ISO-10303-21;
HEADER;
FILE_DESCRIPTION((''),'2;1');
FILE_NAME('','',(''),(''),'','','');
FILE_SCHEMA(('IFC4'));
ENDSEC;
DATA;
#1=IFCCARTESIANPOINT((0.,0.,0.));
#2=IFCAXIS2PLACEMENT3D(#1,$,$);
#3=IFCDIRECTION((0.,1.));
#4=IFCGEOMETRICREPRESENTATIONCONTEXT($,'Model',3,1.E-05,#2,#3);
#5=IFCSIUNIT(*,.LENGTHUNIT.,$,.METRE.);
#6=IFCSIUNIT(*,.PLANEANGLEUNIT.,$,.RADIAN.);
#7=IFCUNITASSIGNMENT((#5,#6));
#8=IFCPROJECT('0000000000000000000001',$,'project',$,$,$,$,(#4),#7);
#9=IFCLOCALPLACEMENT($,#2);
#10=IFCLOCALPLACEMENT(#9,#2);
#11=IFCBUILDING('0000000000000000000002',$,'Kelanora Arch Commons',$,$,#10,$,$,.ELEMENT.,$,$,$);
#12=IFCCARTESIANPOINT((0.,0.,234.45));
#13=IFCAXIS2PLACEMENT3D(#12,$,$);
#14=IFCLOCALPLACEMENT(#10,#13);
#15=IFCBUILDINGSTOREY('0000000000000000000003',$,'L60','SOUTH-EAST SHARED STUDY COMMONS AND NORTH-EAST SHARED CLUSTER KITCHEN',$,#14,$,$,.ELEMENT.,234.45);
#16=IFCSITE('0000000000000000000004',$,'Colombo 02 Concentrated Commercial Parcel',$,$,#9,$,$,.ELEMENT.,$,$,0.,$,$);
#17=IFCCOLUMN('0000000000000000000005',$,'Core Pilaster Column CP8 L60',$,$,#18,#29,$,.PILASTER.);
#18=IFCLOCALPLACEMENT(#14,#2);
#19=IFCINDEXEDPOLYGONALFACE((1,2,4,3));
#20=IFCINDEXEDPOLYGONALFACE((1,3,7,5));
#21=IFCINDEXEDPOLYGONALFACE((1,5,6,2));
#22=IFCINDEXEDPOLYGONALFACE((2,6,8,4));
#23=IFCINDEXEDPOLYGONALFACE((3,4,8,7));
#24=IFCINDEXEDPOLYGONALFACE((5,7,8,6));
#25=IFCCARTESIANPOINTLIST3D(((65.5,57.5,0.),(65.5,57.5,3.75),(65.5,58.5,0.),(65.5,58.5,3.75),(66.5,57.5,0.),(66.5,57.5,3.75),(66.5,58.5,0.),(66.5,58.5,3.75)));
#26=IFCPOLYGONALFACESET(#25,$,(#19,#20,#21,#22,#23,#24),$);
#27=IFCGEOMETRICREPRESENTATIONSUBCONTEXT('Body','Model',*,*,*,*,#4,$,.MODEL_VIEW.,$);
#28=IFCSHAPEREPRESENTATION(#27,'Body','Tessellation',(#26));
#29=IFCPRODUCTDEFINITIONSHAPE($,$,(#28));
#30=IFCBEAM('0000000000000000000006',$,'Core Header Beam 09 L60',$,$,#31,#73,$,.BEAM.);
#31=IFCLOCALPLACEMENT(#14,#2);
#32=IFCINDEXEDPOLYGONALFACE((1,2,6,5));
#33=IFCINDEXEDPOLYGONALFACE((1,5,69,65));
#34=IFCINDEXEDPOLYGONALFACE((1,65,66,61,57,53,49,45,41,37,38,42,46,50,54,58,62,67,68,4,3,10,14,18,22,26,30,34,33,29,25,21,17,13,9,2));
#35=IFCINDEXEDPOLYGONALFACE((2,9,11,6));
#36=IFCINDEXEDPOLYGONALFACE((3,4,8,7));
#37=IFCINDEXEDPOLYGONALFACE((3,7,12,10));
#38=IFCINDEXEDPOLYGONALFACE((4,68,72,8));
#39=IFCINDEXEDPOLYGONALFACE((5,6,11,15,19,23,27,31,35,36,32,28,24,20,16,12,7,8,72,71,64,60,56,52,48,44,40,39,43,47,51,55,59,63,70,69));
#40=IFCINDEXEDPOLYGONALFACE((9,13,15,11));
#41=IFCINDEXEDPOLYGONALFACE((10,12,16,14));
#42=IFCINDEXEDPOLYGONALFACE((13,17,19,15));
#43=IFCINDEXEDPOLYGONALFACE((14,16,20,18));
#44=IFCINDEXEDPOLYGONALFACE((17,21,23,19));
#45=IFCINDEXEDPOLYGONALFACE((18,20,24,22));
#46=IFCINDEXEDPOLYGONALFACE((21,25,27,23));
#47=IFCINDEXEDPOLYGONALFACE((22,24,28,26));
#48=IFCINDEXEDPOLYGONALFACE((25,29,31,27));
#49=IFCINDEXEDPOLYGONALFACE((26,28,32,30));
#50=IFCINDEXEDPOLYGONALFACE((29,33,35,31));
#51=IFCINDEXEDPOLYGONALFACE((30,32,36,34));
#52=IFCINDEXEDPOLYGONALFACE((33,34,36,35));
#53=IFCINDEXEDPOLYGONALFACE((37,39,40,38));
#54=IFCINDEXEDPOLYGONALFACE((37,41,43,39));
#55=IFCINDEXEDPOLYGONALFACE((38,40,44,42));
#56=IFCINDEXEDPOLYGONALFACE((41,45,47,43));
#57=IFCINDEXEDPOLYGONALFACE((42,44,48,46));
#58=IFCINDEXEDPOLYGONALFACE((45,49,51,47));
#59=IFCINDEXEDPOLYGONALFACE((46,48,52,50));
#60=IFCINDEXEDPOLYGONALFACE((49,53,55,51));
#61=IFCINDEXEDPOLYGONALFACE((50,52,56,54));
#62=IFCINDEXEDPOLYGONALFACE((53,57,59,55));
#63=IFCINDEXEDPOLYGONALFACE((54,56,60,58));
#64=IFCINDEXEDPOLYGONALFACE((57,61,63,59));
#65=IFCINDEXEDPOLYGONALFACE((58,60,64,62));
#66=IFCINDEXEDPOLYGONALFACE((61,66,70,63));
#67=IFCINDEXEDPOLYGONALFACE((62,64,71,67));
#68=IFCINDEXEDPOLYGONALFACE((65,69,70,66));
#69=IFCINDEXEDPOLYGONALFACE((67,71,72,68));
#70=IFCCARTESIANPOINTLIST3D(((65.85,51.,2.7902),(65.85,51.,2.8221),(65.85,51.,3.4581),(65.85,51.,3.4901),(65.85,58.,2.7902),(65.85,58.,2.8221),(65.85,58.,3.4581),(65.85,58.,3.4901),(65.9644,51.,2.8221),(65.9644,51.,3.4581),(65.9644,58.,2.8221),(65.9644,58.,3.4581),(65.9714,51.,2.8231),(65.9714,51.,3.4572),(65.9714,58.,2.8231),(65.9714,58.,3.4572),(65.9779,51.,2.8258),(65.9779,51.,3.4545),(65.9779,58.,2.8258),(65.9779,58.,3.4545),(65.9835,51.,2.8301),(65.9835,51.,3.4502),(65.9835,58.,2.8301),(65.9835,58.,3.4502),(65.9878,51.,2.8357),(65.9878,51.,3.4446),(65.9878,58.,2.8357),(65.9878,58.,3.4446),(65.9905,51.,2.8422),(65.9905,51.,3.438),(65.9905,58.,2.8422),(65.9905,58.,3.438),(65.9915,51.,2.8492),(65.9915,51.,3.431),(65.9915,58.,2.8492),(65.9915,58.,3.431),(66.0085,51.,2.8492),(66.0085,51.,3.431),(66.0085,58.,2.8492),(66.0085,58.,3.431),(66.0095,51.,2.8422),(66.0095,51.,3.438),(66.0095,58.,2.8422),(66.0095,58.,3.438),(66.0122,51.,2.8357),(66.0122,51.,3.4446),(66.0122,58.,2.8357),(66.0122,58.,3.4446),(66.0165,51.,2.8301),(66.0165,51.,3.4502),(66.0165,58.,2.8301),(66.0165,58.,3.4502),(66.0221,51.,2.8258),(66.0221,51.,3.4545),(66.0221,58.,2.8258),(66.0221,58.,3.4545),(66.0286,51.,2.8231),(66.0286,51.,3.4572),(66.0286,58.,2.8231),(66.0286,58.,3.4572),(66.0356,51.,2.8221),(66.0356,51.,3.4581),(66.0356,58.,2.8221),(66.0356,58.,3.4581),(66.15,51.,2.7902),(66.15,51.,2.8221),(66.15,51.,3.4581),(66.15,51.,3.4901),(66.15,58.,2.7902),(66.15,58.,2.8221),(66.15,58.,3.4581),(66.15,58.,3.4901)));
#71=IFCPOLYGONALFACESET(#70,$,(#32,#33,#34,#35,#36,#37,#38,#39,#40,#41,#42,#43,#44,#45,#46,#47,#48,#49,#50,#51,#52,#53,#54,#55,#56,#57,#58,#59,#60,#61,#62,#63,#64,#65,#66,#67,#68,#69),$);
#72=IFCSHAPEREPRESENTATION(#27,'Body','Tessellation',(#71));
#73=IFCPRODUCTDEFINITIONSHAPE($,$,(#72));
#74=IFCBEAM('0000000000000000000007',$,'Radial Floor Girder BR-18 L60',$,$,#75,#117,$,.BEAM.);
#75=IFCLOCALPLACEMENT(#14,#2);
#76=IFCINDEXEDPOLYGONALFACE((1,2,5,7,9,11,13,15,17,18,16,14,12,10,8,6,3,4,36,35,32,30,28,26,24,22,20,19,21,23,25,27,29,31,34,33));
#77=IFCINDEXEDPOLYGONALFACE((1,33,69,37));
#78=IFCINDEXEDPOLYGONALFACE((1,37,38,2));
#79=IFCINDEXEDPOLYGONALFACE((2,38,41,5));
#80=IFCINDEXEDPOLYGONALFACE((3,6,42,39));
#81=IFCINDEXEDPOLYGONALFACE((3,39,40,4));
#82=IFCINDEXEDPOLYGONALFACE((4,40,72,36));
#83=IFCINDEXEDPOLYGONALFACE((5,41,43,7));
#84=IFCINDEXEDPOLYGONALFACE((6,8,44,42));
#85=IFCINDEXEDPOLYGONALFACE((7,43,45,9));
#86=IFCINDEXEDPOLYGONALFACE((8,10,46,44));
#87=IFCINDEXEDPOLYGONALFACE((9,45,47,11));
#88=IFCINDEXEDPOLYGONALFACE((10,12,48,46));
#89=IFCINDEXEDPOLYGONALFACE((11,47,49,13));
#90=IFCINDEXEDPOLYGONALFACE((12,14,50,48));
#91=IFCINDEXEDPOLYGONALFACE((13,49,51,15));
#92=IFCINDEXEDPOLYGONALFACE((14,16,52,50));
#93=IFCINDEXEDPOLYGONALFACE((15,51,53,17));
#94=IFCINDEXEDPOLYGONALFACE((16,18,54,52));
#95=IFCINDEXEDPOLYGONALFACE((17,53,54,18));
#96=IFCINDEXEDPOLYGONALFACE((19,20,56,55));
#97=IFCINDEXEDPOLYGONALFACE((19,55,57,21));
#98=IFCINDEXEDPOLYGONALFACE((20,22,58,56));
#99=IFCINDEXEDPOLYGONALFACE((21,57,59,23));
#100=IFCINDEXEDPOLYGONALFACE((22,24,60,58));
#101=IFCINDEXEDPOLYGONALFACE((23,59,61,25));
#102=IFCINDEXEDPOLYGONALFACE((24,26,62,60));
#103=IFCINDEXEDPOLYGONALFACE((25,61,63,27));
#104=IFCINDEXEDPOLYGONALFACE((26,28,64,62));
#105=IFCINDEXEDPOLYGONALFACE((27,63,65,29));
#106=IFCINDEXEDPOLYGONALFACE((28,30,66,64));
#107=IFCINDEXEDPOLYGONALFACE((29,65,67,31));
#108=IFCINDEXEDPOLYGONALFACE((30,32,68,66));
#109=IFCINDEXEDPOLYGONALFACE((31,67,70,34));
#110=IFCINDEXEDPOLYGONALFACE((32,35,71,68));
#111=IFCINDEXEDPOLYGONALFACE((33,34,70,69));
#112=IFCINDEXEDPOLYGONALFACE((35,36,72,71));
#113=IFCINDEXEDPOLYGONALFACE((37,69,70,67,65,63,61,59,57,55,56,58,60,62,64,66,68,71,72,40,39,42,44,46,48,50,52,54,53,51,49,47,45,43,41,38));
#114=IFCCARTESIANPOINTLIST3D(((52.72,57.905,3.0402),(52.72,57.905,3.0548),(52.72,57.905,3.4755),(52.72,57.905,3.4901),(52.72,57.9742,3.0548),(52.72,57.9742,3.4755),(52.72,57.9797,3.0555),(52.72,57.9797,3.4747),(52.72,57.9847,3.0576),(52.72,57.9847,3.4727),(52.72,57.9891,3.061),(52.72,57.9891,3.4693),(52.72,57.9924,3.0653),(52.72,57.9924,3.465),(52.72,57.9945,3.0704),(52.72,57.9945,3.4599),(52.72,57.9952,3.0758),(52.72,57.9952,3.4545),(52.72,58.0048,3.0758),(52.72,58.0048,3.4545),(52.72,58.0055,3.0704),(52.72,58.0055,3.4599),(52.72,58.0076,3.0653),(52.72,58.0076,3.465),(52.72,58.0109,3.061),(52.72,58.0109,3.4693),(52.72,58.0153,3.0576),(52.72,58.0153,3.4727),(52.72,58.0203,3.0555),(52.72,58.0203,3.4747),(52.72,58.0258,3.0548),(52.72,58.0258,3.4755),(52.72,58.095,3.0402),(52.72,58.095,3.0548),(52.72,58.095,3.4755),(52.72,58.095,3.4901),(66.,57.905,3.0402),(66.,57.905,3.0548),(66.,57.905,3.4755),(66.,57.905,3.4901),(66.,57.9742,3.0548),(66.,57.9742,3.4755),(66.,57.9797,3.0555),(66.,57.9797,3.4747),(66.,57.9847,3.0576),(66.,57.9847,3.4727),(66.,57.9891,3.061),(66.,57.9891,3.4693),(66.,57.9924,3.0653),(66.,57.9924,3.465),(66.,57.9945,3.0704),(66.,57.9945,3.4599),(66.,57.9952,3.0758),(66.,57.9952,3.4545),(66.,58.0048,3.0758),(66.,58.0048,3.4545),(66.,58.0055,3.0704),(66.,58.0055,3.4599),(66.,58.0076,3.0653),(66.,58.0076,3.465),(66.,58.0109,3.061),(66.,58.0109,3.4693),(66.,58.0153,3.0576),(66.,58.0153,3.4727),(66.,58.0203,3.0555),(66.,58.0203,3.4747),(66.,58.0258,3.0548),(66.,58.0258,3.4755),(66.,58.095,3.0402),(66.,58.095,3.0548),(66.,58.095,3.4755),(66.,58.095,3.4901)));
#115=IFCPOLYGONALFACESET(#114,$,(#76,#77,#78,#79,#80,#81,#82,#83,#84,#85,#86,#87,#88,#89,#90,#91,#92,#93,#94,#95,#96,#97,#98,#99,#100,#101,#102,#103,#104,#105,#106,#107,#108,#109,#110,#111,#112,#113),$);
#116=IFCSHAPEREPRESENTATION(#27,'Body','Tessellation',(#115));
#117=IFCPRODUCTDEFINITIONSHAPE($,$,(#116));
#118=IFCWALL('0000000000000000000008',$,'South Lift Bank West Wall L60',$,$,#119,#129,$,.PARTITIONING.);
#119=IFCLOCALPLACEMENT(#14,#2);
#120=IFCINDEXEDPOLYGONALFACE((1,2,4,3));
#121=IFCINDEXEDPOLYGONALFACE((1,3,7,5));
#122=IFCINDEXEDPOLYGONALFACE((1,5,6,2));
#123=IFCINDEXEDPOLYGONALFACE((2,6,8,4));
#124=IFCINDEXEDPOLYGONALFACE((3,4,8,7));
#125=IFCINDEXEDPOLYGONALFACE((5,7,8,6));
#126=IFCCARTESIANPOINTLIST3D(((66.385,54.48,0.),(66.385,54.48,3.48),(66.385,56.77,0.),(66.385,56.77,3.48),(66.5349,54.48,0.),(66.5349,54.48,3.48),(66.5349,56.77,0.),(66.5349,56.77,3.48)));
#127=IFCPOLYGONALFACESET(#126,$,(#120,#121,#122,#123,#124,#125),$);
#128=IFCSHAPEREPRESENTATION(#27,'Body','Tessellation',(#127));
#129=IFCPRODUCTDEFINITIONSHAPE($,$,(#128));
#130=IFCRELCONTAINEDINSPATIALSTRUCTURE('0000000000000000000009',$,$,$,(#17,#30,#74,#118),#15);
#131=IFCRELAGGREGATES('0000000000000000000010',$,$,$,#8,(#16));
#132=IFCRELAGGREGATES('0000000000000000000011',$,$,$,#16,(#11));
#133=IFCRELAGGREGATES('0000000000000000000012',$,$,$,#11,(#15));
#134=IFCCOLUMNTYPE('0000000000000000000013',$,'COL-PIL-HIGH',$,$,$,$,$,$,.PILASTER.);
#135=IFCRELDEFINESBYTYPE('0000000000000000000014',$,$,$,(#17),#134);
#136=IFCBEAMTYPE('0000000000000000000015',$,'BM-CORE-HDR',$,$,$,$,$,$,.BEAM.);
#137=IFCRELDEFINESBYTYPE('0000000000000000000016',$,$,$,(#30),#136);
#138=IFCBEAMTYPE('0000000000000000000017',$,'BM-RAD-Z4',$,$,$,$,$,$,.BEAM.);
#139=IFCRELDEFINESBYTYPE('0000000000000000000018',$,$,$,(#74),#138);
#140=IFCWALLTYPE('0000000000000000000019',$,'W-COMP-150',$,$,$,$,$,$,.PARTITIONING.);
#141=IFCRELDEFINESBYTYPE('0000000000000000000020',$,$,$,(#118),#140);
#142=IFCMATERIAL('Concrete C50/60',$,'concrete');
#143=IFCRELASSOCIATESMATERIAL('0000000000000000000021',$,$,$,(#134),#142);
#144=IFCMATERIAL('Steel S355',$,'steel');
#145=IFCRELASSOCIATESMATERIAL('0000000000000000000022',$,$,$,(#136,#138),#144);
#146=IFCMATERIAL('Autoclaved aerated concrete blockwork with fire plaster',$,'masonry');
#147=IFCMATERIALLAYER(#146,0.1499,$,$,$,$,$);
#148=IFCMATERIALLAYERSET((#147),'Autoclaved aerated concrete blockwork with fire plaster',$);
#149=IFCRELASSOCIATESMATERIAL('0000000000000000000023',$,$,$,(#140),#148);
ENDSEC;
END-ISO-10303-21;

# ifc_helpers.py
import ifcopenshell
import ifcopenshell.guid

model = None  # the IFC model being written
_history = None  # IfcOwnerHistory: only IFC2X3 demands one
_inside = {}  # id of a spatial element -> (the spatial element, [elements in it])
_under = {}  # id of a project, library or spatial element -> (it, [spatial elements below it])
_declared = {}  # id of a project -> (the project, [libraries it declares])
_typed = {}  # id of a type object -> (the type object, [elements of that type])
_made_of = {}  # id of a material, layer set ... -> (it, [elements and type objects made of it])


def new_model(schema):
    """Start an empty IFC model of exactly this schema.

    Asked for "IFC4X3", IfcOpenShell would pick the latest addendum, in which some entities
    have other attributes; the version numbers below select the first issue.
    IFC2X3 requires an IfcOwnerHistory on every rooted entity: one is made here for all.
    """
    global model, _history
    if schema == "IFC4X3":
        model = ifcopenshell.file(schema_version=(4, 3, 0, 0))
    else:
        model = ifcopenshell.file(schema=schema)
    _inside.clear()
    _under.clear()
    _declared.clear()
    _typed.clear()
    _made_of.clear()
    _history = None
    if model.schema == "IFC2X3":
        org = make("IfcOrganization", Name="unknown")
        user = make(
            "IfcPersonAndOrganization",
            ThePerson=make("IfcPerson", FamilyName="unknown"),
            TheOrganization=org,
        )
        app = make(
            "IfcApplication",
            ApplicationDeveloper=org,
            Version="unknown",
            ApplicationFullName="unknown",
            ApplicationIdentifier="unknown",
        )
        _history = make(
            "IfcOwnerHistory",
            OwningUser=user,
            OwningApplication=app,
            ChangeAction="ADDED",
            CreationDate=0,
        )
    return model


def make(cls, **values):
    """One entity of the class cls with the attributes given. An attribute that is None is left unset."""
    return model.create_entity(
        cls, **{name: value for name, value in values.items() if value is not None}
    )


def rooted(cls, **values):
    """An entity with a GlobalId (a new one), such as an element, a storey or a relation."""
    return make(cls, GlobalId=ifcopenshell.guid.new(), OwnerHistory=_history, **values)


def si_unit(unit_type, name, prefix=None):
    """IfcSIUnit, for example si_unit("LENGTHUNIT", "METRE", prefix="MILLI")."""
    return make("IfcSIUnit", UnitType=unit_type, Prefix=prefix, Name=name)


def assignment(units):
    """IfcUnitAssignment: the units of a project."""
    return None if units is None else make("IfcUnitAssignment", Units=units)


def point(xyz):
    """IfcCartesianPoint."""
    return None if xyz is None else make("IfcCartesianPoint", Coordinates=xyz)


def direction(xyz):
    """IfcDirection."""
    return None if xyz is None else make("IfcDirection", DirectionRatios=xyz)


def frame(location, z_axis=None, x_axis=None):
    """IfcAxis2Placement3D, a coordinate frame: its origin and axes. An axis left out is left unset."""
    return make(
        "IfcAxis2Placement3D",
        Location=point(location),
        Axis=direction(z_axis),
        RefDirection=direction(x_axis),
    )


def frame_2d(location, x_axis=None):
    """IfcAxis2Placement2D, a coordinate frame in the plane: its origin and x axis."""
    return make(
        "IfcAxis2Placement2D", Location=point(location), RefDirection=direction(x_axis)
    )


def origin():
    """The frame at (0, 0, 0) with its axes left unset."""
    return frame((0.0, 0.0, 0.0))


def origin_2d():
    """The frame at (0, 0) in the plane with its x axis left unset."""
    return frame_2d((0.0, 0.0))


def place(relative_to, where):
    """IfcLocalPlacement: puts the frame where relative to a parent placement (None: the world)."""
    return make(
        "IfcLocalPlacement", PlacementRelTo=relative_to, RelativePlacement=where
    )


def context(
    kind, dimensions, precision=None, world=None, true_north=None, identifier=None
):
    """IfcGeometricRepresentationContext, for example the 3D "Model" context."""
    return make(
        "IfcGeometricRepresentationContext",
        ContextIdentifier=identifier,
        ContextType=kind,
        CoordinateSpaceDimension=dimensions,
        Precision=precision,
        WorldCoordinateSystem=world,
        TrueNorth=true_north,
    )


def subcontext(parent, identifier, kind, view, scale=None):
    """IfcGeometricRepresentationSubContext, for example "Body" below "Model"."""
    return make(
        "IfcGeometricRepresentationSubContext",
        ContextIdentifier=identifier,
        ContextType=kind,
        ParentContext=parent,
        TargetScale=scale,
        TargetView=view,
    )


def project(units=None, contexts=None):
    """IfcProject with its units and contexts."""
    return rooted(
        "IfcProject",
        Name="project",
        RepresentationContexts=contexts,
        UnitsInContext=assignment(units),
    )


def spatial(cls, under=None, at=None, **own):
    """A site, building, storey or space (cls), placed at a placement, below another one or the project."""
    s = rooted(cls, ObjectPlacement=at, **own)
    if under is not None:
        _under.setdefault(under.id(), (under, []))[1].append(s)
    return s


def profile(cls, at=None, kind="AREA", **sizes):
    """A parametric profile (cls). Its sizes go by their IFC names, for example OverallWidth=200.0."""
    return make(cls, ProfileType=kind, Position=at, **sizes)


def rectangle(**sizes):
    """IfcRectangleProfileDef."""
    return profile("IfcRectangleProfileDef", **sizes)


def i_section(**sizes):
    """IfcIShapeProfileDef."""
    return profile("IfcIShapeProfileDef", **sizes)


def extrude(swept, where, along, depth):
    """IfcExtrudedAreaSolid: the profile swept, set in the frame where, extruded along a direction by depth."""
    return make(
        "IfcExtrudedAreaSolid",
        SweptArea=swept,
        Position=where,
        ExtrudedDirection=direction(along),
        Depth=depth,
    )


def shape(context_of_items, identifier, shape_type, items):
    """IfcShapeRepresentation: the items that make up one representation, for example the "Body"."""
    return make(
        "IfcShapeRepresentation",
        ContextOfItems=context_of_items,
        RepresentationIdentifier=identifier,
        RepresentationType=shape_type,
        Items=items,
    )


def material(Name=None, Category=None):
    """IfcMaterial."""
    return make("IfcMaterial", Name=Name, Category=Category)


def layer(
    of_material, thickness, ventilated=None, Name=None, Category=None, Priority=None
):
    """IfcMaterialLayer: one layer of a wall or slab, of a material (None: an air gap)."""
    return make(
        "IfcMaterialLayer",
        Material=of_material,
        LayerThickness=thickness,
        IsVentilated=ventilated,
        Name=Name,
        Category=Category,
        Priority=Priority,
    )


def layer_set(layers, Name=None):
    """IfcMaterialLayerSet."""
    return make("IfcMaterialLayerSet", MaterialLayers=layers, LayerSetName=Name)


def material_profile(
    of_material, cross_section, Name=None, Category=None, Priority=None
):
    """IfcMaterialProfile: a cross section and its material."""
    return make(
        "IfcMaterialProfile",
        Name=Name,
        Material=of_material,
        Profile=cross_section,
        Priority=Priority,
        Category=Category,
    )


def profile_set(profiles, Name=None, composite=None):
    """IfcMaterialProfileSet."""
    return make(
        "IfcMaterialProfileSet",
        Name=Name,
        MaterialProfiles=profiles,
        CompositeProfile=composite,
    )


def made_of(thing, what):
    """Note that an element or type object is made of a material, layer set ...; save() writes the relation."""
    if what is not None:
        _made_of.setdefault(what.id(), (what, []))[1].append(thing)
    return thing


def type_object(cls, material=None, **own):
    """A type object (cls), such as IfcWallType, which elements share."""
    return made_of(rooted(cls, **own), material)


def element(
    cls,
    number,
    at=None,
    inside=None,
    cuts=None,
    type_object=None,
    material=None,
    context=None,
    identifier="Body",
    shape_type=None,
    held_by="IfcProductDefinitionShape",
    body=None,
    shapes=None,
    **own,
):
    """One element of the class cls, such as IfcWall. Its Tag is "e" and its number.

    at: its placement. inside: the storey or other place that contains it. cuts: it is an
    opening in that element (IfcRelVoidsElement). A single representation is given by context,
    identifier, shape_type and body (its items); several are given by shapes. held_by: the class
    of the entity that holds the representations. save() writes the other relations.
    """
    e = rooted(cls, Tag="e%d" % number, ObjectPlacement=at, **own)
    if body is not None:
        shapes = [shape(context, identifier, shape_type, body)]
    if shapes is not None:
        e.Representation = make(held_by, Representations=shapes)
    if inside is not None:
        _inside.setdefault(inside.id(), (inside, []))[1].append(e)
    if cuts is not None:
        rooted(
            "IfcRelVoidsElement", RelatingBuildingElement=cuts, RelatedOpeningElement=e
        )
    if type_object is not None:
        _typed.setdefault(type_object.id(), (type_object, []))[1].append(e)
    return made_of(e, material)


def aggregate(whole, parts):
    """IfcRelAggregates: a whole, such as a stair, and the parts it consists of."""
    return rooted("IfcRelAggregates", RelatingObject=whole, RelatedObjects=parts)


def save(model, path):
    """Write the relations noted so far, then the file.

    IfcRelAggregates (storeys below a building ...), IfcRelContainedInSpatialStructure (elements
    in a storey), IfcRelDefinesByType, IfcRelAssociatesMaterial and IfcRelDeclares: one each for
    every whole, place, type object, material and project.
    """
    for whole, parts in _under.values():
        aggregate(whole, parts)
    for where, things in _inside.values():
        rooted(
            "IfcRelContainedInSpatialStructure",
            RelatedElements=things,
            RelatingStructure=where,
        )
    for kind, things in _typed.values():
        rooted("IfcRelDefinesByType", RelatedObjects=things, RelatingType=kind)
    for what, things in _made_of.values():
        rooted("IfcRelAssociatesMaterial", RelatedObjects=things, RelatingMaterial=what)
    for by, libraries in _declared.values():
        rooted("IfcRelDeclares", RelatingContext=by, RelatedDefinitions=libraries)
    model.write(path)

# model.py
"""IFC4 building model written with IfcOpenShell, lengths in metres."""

from ifc_helpers import new_model, si_unit, direction, frame, frame_2d, origin, origin_2d, place, context, subcontext, project, spatial, rectangle, i_section, extrude, material, layer, layer_set, material_profile, profile_set, type_object, element, save


model = new_model("IFC4")

# Units and contexts
model_context = context("Model", 3, precision=1e-05, world=origin(), true_north=direction((0.0, 1.0)))
body_context = subcontext(model_context, "Body", "Model", "MODEL_VIEW")
ifc_project = project(units=[si_unit("LENGTHUNIT", "METRE"), si_unit("PLANEANGLEUNIT", "RADIAN")], contexts=[model_context])

# Site, building, storey
site_placement = place(None, origin())
site = spatial("IfcSite", under=ifc_project, at=site_placement, Name="Colombo 02 Concentrated Commercial Parcel", CompositionType="ELEMENT", RefElevation=0.0)
building_placement = place(site_placement, origin())
building = spatial("IfcBuilding", under=site, at=building_placement, Name="Kelanora Arch Commons", CompositionType="ELEMENT")
storey_placement = place(building_placement, frame((0.0, 0.0, 234.45)))
storey = spatial("IfcBuildingStorey", under=building, at=storey_placement, Name="L60", Description="SOUTH-EAST SHARED STUDY COMMONS AND NORTH-EAST SHARED CLUSTER KITCHEN", CompositionType="ELEMENT", Elevation=234.45)

# Column
ifc_material_1 = material(Name="Concrete C50/60", Category="concrete")
ifc_material_profile_1 = material_profile(ifc_material_1, rectangle(XDim=1.0, YDim=1.0, at=origin_2d()), Name="RC1000x1000")
ifc_profile_set_1 = profile_set([ifc_material_profile_1], Name="Concrete C50/60")
column_type = type_object("IfcColumnType", Name="COL-PIL-HIGH", PredefinedType="PILASTER", material=ifc_profile_set_1)
column_placement = place(storey_placement, frame((66.0, 58.0, 0.0), z_axis=(0.0, 0.0, 1.0), x_axis=(1.0, 0.0, 0.0)))
element("IfcColumn", 1, at=column_placement, inside=storey, type_object=column_type, Name="Core Pilaster Column CP8 L60", PredefinedType="PILASTER", context=body_context, shape_type="SweptSolid", body=[
    extrude(rectangle(XDim=1.0, YDim=1.0, at=origin_2d()), origin(), (0.0, 0.0, 1.0), 3.75),
])

# Beams
ifc_material_2 = material(Name="Steel S355", Category="steel")
ifc_material_profile_2 = material_profile(ifc_material_2, i_section(OverallWidth=0.3, OverallDepth=0.7, WebThickness=0.0171, FlangeThickness=0.032, FilletRadius=0.0271, at=origin_2d()), Name="HEB700")
ifc_profile_set_2 = profile_set([ifc_material_profile_2], Name="Steel S355")
beam_type_1 = type_object("IfcBeamType", Name="BM-CORE-HDR", PredefinedType="BEAM", material=ifc_profile_set_2)
beam_1_placement = place(storey_placement, frame((66.0, 58.0, 3.1401), z_axis=(0.0, -1.0, 0.0), x_axis=(1.0, 0.0, 0.0)))
element("IfcBeam", 2, at=beam_1_placement, inside=storey, type_object=beam_type_1, Name="Core Header Beam 09 L60", PredefinedType="BEAM", context=body_context, shape_type="SweptSolid", body=[
    extrude(i_section(OverallWidth=0.3, OverallDepth=0.7, WebThickness=0.0171, FlangeThickness=0.032, FilletRadius=0.0271, at=origin_2d()), origin(), (0.0, 0.0, 1.0), 7.0),
])
ifc_material_profile_3 = material_profile(ifc_material_2, i_section(OverallWidth=0.1899, OverallDepth=0.45, WebThickness=0.0095, FlangeThickness=0.0146, FilletRadius=0.021, at=origin_2d()), Name="IPE450")
ifc_profile_set_3 = profile_set([ifc_material_profile_3], Name="Steel S355")
beam_type_2 = type_object("IfcBeamType", Name="BM-RAD-Z4", PredefinedType="BEAM", material=ifc_profile_set_3)
beam_2_placement = place(storey_placement, frame((66.0, 58.0, 3.2651), z_axis=(-1.0, 0.0, 0.0), x_axis=(0.0, -1.0, 0.0)))
element("IfcBeam", 3, at=beam_2_placement, inside=storey, type_object=beam_type_2, Name="Radial Floor Girder BR-18 L60", PredefinedType="BEAM", context=body_context, shape_type="SweptSolid", body=[
    extrude(i_section(OverallWidth=0.1899, OverallDepth=0.45, WebThickness=0.0095, FlangeThickness=0.0146, FilletRadius=0.021, at=origin_2d()), origin(), (0.0, 0.0, 1.0), 13.28),
])

# Wall
ifc_material_3 = material(Name="Autoclaved aerated concrete blockwork with fire plaster", Category="masonry")
ifc_layer_1 = layer(ifc_material_3, 0.1499)
ifc_layer_set_1 = layer_set([ifc_layer_1], Name="Autoclaved aerated concrete blockwork with fire plaster")
wall_type_1 = type_object("IfcWallType", Name="W-COMP-150", PredefinedType="PARTITIONING", material=ifc_layer_set_1)
wall_1_placement = place(storey_placement, frame((66.46, 54.48, 0.0), z_axis=(0.0, 0.0, 1.0), x_axis=(0.0, 1.0, 0.0)))
element("IfcWall", 4, at=wall_1_placement, inside=storey, type_object=wall_type_1, Name="South Lift Bank West Wall L60", PredefinedType="PARTITIONING", context=body_context, shape_type="SweptSolid", body=[
    extrude(rectangle(XDim=2.29, YDim=0.1499, at=frame_2d((1.145, 0.0))), origin(), (0.0, 0.0, 1.0), 3.48),
])

save(model, "model.ifc")
